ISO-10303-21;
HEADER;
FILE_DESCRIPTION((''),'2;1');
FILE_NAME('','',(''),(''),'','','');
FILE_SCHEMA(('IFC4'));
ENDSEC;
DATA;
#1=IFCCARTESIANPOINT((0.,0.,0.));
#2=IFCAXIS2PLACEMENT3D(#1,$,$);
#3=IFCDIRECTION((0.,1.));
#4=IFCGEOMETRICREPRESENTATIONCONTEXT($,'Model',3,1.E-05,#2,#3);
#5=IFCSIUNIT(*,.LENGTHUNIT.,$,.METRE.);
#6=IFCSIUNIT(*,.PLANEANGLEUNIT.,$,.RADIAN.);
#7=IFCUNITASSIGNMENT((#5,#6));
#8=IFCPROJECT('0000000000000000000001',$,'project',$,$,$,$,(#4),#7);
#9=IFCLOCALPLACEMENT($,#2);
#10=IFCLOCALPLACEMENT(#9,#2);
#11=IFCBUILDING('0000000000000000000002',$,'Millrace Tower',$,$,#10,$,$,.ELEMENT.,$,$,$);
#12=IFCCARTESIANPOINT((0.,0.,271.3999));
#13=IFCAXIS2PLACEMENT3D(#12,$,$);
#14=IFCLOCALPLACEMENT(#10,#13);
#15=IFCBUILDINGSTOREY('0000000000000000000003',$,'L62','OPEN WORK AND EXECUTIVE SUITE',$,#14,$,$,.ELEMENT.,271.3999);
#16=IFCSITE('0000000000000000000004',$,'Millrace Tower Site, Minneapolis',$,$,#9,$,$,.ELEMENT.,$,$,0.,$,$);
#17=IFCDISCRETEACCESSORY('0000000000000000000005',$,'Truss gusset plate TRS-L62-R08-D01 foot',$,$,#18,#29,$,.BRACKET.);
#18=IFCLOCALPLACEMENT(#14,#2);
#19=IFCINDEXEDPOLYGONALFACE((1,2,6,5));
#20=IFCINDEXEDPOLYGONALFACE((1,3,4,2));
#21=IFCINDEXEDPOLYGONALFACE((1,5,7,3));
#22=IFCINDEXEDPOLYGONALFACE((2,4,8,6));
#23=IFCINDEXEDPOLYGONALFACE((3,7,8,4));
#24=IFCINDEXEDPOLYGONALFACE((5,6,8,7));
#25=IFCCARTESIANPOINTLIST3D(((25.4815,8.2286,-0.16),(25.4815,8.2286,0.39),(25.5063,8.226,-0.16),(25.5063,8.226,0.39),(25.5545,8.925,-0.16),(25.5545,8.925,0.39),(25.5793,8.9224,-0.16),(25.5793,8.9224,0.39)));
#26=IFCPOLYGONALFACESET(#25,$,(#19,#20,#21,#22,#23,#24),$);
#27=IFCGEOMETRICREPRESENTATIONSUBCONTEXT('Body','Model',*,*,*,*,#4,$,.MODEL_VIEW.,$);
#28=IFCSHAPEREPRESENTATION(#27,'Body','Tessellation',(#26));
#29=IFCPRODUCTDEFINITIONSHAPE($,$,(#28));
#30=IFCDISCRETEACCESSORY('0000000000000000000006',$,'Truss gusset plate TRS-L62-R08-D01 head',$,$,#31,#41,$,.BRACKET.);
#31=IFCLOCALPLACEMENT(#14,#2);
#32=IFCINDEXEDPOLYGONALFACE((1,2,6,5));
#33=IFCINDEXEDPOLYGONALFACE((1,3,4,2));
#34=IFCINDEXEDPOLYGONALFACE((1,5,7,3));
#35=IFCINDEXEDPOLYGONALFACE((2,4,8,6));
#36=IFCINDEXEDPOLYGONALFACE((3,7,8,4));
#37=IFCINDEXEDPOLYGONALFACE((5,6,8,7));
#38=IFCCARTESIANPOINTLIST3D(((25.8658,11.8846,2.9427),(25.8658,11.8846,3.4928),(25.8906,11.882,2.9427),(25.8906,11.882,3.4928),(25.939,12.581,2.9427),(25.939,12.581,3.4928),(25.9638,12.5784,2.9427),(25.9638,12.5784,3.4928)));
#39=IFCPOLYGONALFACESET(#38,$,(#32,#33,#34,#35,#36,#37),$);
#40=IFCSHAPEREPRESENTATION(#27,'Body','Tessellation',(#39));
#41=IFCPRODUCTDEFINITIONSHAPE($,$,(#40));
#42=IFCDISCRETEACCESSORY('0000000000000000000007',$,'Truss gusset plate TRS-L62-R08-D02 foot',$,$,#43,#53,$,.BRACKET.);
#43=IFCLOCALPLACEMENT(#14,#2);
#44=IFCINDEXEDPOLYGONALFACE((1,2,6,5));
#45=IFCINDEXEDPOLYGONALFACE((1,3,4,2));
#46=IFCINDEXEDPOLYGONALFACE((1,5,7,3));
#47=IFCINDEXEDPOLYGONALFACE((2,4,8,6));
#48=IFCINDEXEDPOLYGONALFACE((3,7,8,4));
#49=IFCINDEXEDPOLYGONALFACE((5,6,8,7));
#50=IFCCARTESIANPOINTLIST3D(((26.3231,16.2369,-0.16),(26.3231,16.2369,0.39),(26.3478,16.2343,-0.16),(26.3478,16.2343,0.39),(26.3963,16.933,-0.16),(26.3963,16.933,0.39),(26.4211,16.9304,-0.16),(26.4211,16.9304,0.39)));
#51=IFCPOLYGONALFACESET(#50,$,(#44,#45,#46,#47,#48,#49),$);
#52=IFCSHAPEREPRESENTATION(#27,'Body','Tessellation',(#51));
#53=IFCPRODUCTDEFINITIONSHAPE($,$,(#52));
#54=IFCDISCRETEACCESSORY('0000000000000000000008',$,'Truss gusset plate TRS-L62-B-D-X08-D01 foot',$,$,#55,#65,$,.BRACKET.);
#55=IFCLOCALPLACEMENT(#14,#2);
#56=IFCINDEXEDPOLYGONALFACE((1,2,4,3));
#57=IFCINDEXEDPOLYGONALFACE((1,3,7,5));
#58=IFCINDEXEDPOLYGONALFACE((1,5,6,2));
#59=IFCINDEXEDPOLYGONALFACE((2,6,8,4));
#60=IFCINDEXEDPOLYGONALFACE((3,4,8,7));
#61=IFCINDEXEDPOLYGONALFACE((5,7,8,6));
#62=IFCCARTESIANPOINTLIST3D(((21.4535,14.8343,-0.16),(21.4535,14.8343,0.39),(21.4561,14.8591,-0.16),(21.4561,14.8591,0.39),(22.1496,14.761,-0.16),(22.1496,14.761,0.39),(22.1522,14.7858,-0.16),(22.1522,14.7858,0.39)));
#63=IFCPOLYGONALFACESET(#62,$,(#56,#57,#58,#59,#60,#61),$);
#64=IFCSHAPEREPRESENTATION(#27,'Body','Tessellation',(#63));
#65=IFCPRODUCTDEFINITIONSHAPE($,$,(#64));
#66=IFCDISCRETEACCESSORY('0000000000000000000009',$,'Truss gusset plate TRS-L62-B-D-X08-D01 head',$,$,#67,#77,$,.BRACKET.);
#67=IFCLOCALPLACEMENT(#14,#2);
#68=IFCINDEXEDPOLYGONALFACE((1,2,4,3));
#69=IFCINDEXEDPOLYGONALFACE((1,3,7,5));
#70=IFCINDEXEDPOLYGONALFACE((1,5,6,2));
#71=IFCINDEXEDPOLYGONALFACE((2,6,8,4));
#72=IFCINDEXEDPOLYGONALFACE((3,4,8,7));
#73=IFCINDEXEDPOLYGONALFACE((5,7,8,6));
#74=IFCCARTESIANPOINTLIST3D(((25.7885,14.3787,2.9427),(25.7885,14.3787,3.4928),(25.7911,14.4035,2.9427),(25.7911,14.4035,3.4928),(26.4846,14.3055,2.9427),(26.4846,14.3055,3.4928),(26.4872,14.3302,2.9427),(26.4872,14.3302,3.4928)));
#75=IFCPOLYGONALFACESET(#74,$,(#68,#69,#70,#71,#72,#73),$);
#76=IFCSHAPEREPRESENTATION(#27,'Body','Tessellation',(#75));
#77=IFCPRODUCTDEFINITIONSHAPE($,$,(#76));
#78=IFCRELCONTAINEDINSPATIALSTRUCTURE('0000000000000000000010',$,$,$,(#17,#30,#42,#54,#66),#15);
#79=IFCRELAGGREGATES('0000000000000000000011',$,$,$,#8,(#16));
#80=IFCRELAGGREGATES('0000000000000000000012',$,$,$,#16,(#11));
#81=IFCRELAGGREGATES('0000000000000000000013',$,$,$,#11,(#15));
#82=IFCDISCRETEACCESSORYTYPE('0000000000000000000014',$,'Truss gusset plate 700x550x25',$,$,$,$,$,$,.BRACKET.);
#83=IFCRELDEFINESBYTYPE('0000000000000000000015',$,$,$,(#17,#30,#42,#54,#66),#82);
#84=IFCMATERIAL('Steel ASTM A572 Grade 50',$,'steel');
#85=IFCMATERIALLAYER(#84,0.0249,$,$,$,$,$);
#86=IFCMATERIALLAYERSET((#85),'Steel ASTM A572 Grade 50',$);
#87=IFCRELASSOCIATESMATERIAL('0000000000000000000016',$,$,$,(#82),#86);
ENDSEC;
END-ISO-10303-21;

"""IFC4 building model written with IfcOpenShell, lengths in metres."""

from ifc_helpers import new_model, si_unit, direction, frame, origin, origin_2d, place, context, subcontext, project, spatial, rectangle, extrude, material, layer, layer_set, type_object, element, save


model = new_model("IFC4")

# Units and contexts
model_context = context("Model", 3, precision=1e-05, world=origin(), true_north=direction((0.0, 1.0)))
body_context = subcontext(model_context, "Body", "Model", "MODEL_VIEW")
ifc_project = project(units=[si_unit("LENGTHUNIT", "METRE"), si_unit("PLANEANGLEUNIT", "RADIAN")], contexts=[model_context])

# Site, building, storey
site_placement = place(None, origin())
site = spatial("IfcSite", under=ifc_project, at=site_placement, Name="Millrace Tower Site, Minneapolis", CompositionType="ELEMENT", RefElevation=0.0)
building_placement = place(site_placement, origin())
building = spatial("IfcBuilding", under=site, at=building_placement, Name="Millrace Tower", CompositionType="ELEMENT")
storey_placement = place(building_placement, frame((0.0, 0.0, 271.3999)))
storey = spatial("IfcBuildingStorey", under=building, at=storey_placement, Name="L62", Description="OPEN WORK AND EXECUTIVE SUITE", CompositionType="ELEMENT", Elevation=271.3999)

# Discrete accessories
ifc_material_1 = material(Name="Steel ASTM A572 Grade 50", Category="steel")
ifc_layer_1 = layer(ifc_material_1, 0.0249)
ifc_layer_set_1 = layer_set([ifc_layer_1], Name="Steel ASTM A572 Grade 50")
discrete_accessory_type = type_object("IfcDiscreteAccessoryType", Name="Truss gusset plate 700x550x25", PredefinedType="BRACKET", material=ifc_layer_set_1)
for number, where, z_axis, x_axis, name in (
    (1, (25.4939, 8.2273, 0.115), (0.104267, 0.994549, 0.0), (-0.994549, 0.104267, 0.0), "Truss gusset plate TRS-L62-R08-D01 foot"),
    (2, (25.8782, 11.8833, 3.2178), (0.104612, 0.994513, 0.0), (-0.994513, 0.104612, 0.0), "Truss gusset plate TRS-L62-R08-D01 head"),
):
    element("IfcDiscreteAccessory", number, at=place(storey_placement, frame(where, z_axis=z_axis, x_axis=x_axis)), inside=storey, type_object=discrete_accessory_type, Name=name, PredefinedType="BRACKET", context=body_context, shape_type="SweptSolid", body=[
        extrude(rectangle(XDim=0.0249, YDim=0.55, at=origin_2d()), origin(), (0.0, 0.0, 1.0), 0.7002),
    ])
for number, where, z_axis, x_axis, name in (
    (3, (26.3354, 16.2356, 0.115), (0.104648, 0.994509, 0.0), (-0.994509, 0.104648, 0.0), "Truss gusset plate TRS-L62-R08-D02 foot"),
    (4, (21.4548, 14.8467, 0.115), (0.994509, -0.104648, 0.0), (0.104648, 0.994509, 0.0), "Truss gusset plate TRS-L62-B-D-X08-D01 foot"),
    (5, (25.7898, 14.3911, 3.2178), (0.994509, -0.104648, 0.0), (0.104648, 0.994509, 0.0), "Truss gusset plate TRS-L62-B-D-X08-D01 head"),
):
    element("IfcDiscreteAccessory", number, at=place(storey_placement, frame(where, z_axis=z_axis, x_axis=x_axis)), inside=storey, type_object=discrete_accessory_type, Name=name, PredefinedType="BRACKET", context=body_context, shape_type="SweptSolid", body=[
        extrude(rectangle(XDim=0.0249, YDim=0.55, at=origin_2d()), origin(), (0.0, 0.0, 1.0), 0.7),
    ])

save(model, "model.ifc")
